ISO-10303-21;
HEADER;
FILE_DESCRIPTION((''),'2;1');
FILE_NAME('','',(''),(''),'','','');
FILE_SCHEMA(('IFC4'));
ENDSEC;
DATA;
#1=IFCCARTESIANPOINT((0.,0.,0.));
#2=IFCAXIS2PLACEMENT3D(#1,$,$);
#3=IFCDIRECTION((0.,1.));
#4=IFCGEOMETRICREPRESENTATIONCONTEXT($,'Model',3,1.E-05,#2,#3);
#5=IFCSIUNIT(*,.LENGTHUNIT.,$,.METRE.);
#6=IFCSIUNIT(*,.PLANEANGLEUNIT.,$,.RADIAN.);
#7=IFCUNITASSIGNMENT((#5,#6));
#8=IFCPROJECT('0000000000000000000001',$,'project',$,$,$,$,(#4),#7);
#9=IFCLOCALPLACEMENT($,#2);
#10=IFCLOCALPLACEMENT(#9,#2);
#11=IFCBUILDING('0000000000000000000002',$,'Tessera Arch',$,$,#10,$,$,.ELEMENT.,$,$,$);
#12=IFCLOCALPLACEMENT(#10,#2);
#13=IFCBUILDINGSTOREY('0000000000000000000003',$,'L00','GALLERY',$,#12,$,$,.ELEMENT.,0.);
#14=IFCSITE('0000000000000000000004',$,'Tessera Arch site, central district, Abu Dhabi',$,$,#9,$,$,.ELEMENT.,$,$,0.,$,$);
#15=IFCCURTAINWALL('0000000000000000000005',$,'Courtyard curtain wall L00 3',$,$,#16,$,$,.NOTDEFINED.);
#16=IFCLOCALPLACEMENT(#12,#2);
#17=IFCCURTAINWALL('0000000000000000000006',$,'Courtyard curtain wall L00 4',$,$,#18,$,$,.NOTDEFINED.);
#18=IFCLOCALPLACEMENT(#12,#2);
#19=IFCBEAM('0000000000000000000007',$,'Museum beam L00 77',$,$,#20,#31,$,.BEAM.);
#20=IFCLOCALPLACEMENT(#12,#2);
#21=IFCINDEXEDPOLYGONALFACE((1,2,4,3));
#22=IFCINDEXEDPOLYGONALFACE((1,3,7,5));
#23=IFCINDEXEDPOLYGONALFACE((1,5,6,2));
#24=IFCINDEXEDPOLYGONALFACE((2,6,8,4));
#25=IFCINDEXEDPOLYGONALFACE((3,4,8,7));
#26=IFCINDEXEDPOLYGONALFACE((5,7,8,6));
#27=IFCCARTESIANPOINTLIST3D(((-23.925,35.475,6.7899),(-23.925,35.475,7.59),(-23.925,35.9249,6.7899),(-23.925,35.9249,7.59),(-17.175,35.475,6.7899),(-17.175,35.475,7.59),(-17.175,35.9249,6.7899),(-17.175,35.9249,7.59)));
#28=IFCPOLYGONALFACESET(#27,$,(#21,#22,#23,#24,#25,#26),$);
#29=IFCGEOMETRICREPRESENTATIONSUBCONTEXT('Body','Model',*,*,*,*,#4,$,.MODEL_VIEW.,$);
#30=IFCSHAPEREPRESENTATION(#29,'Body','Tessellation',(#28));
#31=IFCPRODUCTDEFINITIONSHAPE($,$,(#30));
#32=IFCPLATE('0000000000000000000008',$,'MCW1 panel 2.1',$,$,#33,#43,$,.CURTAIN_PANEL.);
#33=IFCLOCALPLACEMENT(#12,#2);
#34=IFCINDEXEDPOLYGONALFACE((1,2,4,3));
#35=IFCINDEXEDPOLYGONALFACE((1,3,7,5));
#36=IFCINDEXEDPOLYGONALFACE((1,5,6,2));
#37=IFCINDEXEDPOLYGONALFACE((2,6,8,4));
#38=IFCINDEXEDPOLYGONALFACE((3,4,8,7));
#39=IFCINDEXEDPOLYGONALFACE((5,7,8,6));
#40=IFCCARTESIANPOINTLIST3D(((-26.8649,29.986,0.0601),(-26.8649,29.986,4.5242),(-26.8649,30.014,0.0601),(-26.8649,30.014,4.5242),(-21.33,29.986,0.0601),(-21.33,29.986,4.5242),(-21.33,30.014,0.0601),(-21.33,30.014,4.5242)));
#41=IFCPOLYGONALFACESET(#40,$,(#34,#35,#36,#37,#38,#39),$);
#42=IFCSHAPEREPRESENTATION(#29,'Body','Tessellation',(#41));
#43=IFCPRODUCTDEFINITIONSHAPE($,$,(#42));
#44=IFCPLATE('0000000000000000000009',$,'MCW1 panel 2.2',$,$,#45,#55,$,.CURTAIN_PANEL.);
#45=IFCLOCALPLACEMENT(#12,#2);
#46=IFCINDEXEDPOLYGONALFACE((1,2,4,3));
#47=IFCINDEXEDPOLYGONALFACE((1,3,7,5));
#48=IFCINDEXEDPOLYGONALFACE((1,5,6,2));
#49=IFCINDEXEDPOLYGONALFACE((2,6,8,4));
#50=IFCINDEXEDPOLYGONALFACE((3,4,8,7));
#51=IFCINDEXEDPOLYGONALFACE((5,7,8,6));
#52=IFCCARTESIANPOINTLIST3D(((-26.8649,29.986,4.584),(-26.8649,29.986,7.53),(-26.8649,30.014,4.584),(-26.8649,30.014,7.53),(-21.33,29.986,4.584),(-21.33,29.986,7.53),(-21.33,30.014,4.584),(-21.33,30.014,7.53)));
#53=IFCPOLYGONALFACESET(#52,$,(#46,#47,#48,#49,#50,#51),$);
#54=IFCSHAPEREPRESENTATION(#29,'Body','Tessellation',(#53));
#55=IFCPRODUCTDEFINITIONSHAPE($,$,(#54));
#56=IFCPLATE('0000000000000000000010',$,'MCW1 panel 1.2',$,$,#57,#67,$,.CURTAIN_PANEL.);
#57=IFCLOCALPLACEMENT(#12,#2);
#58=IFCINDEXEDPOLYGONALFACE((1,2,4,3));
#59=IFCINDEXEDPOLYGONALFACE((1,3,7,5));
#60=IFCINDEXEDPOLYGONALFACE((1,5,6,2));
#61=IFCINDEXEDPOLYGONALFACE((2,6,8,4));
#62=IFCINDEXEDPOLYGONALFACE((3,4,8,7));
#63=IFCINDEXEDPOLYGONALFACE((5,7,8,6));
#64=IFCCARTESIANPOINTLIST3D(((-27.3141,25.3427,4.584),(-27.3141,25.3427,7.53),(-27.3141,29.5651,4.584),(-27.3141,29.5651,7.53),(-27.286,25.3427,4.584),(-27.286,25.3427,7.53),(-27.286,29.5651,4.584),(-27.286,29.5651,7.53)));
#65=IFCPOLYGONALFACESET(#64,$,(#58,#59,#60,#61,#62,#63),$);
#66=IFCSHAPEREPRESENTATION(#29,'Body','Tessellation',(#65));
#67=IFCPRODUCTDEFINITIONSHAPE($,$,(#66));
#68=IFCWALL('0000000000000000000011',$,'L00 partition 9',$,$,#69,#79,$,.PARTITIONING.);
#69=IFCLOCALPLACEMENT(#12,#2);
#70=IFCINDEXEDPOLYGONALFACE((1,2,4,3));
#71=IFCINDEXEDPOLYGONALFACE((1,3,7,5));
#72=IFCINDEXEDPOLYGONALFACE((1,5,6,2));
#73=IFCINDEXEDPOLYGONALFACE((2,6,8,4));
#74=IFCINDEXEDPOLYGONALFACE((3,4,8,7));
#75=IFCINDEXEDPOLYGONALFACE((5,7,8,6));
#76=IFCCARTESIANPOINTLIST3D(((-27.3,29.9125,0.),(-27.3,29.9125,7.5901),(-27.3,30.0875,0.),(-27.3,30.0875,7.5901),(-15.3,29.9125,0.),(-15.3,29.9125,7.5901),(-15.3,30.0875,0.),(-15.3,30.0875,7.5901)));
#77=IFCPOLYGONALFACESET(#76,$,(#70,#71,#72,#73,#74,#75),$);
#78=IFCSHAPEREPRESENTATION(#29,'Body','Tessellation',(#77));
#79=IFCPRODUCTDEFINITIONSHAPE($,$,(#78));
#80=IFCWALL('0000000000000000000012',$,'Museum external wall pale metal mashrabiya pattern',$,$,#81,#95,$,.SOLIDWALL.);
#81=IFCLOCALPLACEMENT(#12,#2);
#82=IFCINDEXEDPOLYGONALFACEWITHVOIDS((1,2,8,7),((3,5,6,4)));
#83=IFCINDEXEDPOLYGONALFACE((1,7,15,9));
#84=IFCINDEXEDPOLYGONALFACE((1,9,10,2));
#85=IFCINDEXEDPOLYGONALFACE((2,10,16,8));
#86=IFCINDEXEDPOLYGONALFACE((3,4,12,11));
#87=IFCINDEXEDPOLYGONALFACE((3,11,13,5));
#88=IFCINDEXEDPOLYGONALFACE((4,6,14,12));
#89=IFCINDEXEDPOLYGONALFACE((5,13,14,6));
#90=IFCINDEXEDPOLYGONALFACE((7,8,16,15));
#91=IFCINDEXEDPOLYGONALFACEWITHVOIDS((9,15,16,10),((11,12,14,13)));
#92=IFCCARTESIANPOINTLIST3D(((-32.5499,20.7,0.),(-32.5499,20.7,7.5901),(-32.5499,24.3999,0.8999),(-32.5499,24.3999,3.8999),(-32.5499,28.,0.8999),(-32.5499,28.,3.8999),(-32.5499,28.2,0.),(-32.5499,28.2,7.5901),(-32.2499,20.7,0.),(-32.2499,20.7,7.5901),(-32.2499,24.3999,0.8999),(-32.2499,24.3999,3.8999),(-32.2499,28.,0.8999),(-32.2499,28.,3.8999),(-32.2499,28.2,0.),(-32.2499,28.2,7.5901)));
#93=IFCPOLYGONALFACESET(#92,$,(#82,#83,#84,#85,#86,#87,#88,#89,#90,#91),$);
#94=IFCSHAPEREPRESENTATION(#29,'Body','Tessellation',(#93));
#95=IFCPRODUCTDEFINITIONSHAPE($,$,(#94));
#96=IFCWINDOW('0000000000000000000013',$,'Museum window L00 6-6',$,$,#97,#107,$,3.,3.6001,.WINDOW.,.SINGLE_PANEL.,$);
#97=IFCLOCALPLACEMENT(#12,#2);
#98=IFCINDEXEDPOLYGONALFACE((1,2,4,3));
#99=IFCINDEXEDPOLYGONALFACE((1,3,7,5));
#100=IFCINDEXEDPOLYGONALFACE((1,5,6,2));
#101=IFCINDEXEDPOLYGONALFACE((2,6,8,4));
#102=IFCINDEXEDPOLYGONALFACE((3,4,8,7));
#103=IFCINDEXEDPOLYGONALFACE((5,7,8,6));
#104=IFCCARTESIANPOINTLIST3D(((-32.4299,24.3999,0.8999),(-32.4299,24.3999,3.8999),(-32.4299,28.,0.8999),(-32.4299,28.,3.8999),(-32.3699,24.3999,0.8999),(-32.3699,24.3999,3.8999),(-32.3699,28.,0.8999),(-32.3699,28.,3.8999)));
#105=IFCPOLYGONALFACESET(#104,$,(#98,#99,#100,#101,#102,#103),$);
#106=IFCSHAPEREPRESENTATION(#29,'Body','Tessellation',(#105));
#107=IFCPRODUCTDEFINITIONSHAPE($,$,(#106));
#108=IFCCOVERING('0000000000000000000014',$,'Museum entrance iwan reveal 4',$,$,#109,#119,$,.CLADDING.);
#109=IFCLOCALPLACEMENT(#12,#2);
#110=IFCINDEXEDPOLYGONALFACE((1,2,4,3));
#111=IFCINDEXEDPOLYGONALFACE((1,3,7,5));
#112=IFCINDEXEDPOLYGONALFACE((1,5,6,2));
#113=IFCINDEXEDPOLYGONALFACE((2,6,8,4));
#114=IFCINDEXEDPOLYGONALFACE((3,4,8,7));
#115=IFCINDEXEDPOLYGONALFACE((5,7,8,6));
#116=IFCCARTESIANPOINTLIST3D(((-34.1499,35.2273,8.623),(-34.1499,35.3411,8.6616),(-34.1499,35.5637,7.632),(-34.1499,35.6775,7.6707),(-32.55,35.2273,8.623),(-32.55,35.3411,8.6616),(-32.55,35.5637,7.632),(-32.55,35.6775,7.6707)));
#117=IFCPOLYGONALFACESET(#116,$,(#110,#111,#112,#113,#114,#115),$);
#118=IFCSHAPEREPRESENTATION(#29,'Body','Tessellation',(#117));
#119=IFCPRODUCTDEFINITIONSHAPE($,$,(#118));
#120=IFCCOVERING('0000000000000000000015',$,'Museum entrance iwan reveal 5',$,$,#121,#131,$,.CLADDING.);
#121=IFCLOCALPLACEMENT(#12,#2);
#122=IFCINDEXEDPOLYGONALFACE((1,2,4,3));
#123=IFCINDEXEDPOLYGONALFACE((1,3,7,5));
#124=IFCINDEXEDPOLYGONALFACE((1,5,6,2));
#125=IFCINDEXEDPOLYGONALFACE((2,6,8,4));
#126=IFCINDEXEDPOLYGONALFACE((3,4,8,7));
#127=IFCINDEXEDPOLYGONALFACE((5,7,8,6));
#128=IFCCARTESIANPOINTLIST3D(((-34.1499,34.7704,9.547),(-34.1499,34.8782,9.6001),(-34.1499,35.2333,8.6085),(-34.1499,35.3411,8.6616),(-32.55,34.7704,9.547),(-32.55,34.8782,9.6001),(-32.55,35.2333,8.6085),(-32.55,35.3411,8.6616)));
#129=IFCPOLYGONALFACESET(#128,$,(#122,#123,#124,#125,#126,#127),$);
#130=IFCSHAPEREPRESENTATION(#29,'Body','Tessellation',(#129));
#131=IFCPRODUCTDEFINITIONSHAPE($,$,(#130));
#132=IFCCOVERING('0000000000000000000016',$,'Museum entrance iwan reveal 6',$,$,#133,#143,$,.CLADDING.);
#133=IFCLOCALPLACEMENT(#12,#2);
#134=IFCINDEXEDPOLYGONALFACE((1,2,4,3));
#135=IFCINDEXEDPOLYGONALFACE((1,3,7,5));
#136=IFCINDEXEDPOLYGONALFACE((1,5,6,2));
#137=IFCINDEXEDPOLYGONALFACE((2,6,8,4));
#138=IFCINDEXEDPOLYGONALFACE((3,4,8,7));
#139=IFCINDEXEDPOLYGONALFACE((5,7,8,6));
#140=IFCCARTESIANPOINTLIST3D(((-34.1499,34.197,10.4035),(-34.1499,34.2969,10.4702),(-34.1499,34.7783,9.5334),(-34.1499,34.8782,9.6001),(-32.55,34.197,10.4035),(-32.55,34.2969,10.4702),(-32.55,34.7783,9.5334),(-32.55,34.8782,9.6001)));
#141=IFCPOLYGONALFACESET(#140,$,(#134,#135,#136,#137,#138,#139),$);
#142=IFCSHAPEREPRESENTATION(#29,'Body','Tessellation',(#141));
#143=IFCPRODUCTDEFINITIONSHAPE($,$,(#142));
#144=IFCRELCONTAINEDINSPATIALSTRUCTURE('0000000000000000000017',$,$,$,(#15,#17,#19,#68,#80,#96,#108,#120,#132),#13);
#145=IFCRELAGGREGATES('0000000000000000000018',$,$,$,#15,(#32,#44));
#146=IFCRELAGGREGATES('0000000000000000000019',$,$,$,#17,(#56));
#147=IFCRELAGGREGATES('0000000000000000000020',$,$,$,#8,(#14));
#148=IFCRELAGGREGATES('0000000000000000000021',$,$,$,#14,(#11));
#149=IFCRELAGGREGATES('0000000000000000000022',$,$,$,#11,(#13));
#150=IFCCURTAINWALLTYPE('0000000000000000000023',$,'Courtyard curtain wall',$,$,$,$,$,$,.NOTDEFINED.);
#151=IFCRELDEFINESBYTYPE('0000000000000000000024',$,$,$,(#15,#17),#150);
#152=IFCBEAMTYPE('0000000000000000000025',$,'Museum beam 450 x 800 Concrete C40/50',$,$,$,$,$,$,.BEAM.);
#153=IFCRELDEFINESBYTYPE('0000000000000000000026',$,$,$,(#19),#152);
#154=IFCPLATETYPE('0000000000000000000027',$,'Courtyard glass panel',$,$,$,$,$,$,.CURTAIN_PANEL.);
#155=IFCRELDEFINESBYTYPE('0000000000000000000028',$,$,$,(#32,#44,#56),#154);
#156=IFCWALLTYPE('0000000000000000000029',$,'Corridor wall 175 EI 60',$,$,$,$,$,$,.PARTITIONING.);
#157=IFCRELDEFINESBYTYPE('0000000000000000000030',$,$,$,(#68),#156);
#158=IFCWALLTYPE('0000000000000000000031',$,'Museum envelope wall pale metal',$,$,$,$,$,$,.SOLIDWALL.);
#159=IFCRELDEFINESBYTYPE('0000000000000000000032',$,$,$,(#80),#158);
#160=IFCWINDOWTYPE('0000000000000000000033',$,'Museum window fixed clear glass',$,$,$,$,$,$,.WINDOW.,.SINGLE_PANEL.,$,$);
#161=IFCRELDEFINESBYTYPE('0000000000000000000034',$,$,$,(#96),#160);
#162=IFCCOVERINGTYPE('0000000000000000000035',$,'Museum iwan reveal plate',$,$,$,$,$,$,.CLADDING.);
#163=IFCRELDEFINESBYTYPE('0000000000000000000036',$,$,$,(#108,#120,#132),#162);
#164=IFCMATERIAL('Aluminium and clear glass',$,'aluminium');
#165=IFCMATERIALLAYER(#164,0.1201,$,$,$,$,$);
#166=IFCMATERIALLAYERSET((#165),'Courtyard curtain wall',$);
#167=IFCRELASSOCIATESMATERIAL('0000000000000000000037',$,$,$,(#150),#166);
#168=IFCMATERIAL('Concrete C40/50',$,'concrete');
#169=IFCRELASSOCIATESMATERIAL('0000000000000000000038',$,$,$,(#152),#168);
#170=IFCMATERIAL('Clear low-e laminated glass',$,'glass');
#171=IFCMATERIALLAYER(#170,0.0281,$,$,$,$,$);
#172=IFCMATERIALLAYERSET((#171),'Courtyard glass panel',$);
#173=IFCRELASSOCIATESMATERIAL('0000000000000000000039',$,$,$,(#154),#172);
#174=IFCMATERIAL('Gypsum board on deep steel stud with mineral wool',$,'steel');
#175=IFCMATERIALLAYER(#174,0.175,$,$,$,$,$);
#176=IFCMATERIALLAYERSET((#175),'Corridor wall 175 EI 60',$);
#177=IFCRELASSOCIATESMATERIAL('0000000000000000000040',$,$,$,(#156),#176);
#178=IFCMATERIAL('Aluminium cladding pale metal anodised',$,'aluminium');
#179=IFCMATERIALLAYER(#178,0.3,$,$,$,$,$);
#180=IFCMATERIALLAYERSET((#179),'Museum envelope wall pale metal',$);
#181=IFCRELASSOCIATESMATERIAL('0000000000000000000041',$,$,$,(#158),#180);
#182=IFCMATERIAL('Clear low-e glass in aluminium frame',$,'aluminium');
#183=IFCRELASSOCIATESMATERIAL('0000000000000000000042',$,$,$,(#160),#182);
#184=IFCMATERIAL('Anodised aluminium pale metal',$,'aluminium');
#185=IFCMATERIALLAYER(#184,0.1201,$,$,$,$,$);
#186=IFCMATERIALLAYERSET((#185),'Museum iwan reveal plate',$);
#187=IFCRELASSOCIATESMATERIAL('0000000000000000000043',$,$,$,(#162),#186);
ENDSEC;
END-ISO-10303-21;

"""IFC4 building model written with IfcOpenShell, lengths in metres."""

from ifc_helpers import new_model, si_unit, direction, frame, frame_2d, origin, origin_2d, place, context, subcontext, project, spatial, polyline, rectangle, outline, extrude, material, layer, layer_set, material_profile, profile_set, type_object, element, fill, aggregate, save


model = new_model("IFC4")

# Units and contexts
model_context = context("Model", 3, precision=1e-05, world=origin(), true_north=direction((0.0, 1.0)))
body_context = subcontext(model_context, "Body", "Model", "MODEL_VIEW")
ifc_project = project(units=[si_unit("LENGTHUNIT", "METRE"), si_unit("PLANEANGLEUNIT", "RADIAN")], contexts=[model_context])

# Site, building, storey
site_placement = place(None, origin())
site = spatial("IfcSite", under=ifc_project, at=site_placement, Name="Tessera Arch site, central district, Abu Dhabi", CompositionType="ELEMENT", RefElevation=0.0)
building_placement = place(site_placement, origin())
building = spatial("IfcBuilding", under=site, at=building_placement, Name="Tessera Arch", CompositionType="ELEMENT")
storey_placement = place(building_placement, origin())
storey = spatial("IfcBuildingStorey", under=building, at=storey_placement, Name="L00", Description="GALLERY", CompositionType="ELEMENT", Elevation=0.0)

# Curtain wall
ifc_material_1 = material(Name="Aluminium and clear glass", Category="aluminium")
ifc_layer_1 = layer(ifc_material_1, 0.1201)
ifc_layer_set_1 = layer_set([ifc_layer_1], Name="Courtyard curtain wall")
curtain_wall_type = type_object("IfcCurtainWallType", Name="Courtyard curtain wall", PredefinedType="NOTDEFINED", material=ifc_layer_set_1)
curtain_wall_1_placement = place(storey_placement, origin())
curtain_wall_1 = element("IfcCurtainWall", 1, at=curtain_wall_1_placement, inside=storey, type_object=curtain_wall_type, Name="Courtyard curtain wall L00 3", PredefinedType="NOTDEFINED")

# Curtain wall
curtain_wall_2_placement = place(storey_placement, origin())
curtain_wall_2 = element("IfcCurtainWall", 2, at=curtain_wall_2_placement, inside=storey, type_object=curtain_wall_type, Name="Courtyard curtain wall L00 4", PredefinedType="NOTDEFINED")

# Beam
ifc_material_2 = material(Name="Concrete C40/50", Category="concrete")
ifc_material_profile_1 = material_profile(ifc_material_2, rectangle(XDim=0.45, YDim=0.8, at=origin_2d()), Name="Museum beam 450 x 800 Concrete C40/50")
ifc_profile_set_1 = profile_set([ifc_material_profile_1], Name="Concrete C40/50")
beam_type = type_object("IfcBeamType", Name="Museum beam 450 x 800 Concrete C40/50", PredefinedType="BEAM", material=ifc_profile_set_1)
for number, where, z_axis, x_axis, name in (
    (3, (-23.925, 35.7, 7.1899), (1.0, 0.0, 0.0), (0.0, 1.0, 0.0), "Museum beam L00 77"),
):
    element("IfcBeam", number, at=place(storey_placement, frame(where, z_axis=z_axis, x_axis=x_axis)), inside=storey, type_object=beam_type, Name=name, PredefinedType="BEAM", context=body_context, shape_type="SweptSolid", body=[
        extrude(rectangle(XDim=0.45, YDim=0.8, at=origin_2d()), origin(), (0.0, 0.0, 1.0), 6.75),
    ])

# Plates
ifc_material_3 = material(Name="Clear low-e laminated glass", Category="glass")
ifc_layer_2 = layer(ifc_material_3, 0.0281)
ifc_layer_set_2 = layer_set([ifc_layer_2], Name="Courtyard glass panel")
plate_type = type_object("IfcPlateType", Name="Courtyard glass panel", PredefinedType="CURTAIN_PANEL", material=ifc_layer_set_2)
plate_1_placement = place(storey_placement, frame((-24.0974, 30.0, 0.0601), z_axis=(0.0, 0.0, 1.0), x_axis=(-1.0, 0.0, 0.0)))
plate_1 = element("IfcPlate", 4, at=plate_1_placement, type_object=plate_type, Name="MCW1 panel 2.1", PredefinedType="CURTAIN_PANEL", context=body_context, shape_type="SweptSolid", body=[
    extrude(rectangle(XDim=5.5349, YDim=0.0281, at=origin_2d()), origin(), (0.0, 0.0, 1.0), 4.4641),
])
plate_2_placement = place(storey_placement, frame((-24.0974, 30.0, 4.584), z_axis=(0.0, 0.0, 1.0), x_axis=(-1.0, 0.0, 0.0)))
plate_2 = element("IfcPlate", 5, at=plate_2_placement, type_object=plate_type, Name="MCW1 panel 2.2", PredefinedType="CURTAIN_PANEL", context=body_context, shape_type="SweptSolid", body=[
    extrude(rectangle(XDim=5.5349, YDim=0.0281, at=origin_2d()), origin(), (0.0, 0.0, 1.0), 2.946),
])
aggregate(curtain_wall_1, [plate_1, plate_2])
plate_3_placement = place(storey_placement, frame((-27.3, 27.4539, 4.584), z_axis=(0.0, 0.0, 1.0), x_axis=(0.0, -1.0, 0.0)))
plate_3 = element("IfcPlate", 6, at=plate_3_placement, type_object=plate_type, Name="MCW1 panel 1.2", PredefinedType="CURTAIN_PANEL", context=body_context, shape_type="SweptSolid", body=[
    extrude(rectangle(XDim=4.2224, YDim=0.0281, at=origin_2d()), origin(), (0.0, 0.0, 1.0), 2.946),
])
aggregate(curtain_wall_2, [plate_3])

# Wall
ifc_material_4 = material(Name="Gypsum board on deep steel stud with mineral wool", Category="steel")
ifc_layer_3 = layer(ifc_material_4, 0.175)
ifc_layer_set_3 = layer_set([ifc_layer_3], Name="Corridor wall 175 EI 60")
wall_type_1 = type_object("IfcWallType", Name="Corridor wall 175 EI 60", PredefinedType="PARTITIONING", material=ifc_layer_set_3)
wall_1_placement = place(storey_placement, frame((-27.3, 30.0, 0.0), z_axis=(0.0, 0.0, 1.0), x_axis=(1.0, 0.0, 0.0)))
element("IfcWall", 7, at=wall_1_placement, inside=storey, type_object=wall_type_1, Name="L00 partition 9", PredefinedType="PARTITIONING", context=body_context, shape_type="SweptSolid", body=[
    extrude(rectangle(XDim=12.0, YDim=0.175, at=frame_2d((6.0, 0.0))), origin(), (0.0, 0.0, 1.0), 7.5901),
])

# Shared definitions
ifc_material_5 = material(Name="Aluminium cladding pale metal anodised", Category="aluminium")
ifc_layer_4 = layer(ifc_material_5, 0.3)
ifc_layer_set_4 = layer_set([ifc_layer_4], Name="Museum envelope wall pale metal")
wall_type_2 = type_object("IfcWallType", Name="Museum envelope wall pale metal", PredefinedType="SOLIDWALL", material=ifc_layer_set_4)

# Wall, opening, window
wall_2_placement = place(storey_placement, frame((-32.3999, 28.2, 0.0), z_axis=(0.0, 0.0, 1.0), x_axis=(0.0, -1.0, 0.0)))
wall_2 = element("IfcWall", 8, at=wall_2_placement, inside=storey, type_object=wall_type_2, Name="Museum external wall pale metal mashrabiya pattern", PredefinedType="SOLIDWALL", context=body_context, shape_type="SweptSolid", body=[
    extrude(rectangle(XDim=7.5, YDim=0.3, at=frame_2d((3.75, 0.0))), origin(), (0.0, 0.0, 1.0), 7.5901),
])
opening_1_placement = place(wall_2_placement, frame((0.2, 0.0, 0.8999)))
opening_1 = element("IfcOpeningElement", 9, at=opening_1_placement, cuts=wall_2, PredefinedType="OPENING", context=body_context, shape_type="SweptSolid", body=[
    extrude(rectangle(XDim=3.6001, YDim=3.0, at=frame_2d((1.8, 1.5))), frame((0.0, 0.1599, 0.0), z_axis=(0.0, -1.0, 0.0), x_axis=(1.0, 0.0, 0.0)), (0.0, 0.0, 1.0), 0.3201),
])
ifc_material_6 = material(Name="Clear low-e glass in aluminium frame", Category="aluminium")
window_type = type_object("IfcWindowType", Name="Museum window fixed clear glass", PartitioningType="SINGLE_PANEL", PredefinedType="WINDOW", material=ifc_material_6)
window_placement = place(opening_1_placement, origin())
window = element("IfcWindow", 10, at=window_placement, inside=storey, type_object=window_type, Name="Museum window L00 6-6", OverallHeight=3.0, OverallWidth=3.6001, PartitioningType="SINGLE_PANEL", PredefinedType="WINDOW", context=body_context, shape_type="SweptSolid", body=[
    extrude(rectangle(XDim=3.6001, YDim=3.0, at=frame_2d((1.8, 1.5))), frame((0.0, 0.03, 0.0), z_axis=(0.0, -1.0, 0.0), x_axis=(1.0, 0.0, 0.0)), (0.0, 0.0, 1.0), 0.0601),
])
fill(opening_1, window)

# Coverings
ifc_material_7 = material(Name="Anodised aluminium pale metal", Category="aluminium")
ifc_layer_5 = layer(ifc_material_7, 0.1201)
ifc_layer_set_5 = layer_set([ifc_layer_5], Name="Museum iwan reveal plate")
covering_type = type_object("IfcCoveringType", Name="Museum iwan reveal plate", PredefinedType="CLADDING", material=ifc_layer_set_5)
covering_1_placement = place(storey_placement, frame((-32.55, 35.6775, 7.6707), z_axis=(0.0, 0.946919, 0.321472), x_axis=(0.0, -0.321472, 0.946919)))
element("IfcCovering", 11, at=covering_1_placement, inside=storey, type_object=covering_type, Name="Museum entrance iwan reveal 4", PredefinedType="CLADDING", context=body_context, shape_type="SweptSolid", body=[
    extrude(outline(polyline([(0.0, 0.0), (1.0465, 0.0), (1.0465, -1.5999), (0.0, -1.5999), (0.0, 0.0)])), origin(), (0.0, 0.0, -1.0), 0.1201),
])
covering_2_placement = place(storey_placement, frame((-32.55, 35.3411, 8.6616), z_axis=(0.0, 0.89684, 0.442354), x_axis=(0.0, -0.442354, 0.89684)))
element("IfcCovering", 12, at=covering_2_placement, inside=storey, type_object=covering_type, Name="Museum entrance iwan reveal 5", PredefinedType="CLADDING", context=body_context, shape_type="SweptSolid", body=[
    extrude(outline(polyline([(0.0, 0.0), (1.0464, 0.0), (1.0464, -1.5999), (0.0, -1.5999), (0.0, 0.0)])), origin(), (0.0, 0.0, -1.0), 0.1201),
])
covering_3_placement = place(storey_placement, frame((-32.55, 34.8782, 9.6001), z_axis=(0.0, 0.831511, 0.555508), x_axis=(0.0, -0.555508, 0.831511)))
element("IfcCovering", 13, at=covering_3_placement, inside=storey, type_object=covering_type, Name="Museum entrance iwan reveal 6", PredefinedType="CLADDING", context=body_context, shape_type="SweptSolid", body=[
    extrude(outline(polyline([(0.0, 0.0), (1.0464, 0.0), (1.0464, -1.5999), (0.0, -1.5999), (0.0, 0.0)])), origin(), (0.0, 0.0, -1.0), 0.1201),
])

save(model, "model.ifc")
